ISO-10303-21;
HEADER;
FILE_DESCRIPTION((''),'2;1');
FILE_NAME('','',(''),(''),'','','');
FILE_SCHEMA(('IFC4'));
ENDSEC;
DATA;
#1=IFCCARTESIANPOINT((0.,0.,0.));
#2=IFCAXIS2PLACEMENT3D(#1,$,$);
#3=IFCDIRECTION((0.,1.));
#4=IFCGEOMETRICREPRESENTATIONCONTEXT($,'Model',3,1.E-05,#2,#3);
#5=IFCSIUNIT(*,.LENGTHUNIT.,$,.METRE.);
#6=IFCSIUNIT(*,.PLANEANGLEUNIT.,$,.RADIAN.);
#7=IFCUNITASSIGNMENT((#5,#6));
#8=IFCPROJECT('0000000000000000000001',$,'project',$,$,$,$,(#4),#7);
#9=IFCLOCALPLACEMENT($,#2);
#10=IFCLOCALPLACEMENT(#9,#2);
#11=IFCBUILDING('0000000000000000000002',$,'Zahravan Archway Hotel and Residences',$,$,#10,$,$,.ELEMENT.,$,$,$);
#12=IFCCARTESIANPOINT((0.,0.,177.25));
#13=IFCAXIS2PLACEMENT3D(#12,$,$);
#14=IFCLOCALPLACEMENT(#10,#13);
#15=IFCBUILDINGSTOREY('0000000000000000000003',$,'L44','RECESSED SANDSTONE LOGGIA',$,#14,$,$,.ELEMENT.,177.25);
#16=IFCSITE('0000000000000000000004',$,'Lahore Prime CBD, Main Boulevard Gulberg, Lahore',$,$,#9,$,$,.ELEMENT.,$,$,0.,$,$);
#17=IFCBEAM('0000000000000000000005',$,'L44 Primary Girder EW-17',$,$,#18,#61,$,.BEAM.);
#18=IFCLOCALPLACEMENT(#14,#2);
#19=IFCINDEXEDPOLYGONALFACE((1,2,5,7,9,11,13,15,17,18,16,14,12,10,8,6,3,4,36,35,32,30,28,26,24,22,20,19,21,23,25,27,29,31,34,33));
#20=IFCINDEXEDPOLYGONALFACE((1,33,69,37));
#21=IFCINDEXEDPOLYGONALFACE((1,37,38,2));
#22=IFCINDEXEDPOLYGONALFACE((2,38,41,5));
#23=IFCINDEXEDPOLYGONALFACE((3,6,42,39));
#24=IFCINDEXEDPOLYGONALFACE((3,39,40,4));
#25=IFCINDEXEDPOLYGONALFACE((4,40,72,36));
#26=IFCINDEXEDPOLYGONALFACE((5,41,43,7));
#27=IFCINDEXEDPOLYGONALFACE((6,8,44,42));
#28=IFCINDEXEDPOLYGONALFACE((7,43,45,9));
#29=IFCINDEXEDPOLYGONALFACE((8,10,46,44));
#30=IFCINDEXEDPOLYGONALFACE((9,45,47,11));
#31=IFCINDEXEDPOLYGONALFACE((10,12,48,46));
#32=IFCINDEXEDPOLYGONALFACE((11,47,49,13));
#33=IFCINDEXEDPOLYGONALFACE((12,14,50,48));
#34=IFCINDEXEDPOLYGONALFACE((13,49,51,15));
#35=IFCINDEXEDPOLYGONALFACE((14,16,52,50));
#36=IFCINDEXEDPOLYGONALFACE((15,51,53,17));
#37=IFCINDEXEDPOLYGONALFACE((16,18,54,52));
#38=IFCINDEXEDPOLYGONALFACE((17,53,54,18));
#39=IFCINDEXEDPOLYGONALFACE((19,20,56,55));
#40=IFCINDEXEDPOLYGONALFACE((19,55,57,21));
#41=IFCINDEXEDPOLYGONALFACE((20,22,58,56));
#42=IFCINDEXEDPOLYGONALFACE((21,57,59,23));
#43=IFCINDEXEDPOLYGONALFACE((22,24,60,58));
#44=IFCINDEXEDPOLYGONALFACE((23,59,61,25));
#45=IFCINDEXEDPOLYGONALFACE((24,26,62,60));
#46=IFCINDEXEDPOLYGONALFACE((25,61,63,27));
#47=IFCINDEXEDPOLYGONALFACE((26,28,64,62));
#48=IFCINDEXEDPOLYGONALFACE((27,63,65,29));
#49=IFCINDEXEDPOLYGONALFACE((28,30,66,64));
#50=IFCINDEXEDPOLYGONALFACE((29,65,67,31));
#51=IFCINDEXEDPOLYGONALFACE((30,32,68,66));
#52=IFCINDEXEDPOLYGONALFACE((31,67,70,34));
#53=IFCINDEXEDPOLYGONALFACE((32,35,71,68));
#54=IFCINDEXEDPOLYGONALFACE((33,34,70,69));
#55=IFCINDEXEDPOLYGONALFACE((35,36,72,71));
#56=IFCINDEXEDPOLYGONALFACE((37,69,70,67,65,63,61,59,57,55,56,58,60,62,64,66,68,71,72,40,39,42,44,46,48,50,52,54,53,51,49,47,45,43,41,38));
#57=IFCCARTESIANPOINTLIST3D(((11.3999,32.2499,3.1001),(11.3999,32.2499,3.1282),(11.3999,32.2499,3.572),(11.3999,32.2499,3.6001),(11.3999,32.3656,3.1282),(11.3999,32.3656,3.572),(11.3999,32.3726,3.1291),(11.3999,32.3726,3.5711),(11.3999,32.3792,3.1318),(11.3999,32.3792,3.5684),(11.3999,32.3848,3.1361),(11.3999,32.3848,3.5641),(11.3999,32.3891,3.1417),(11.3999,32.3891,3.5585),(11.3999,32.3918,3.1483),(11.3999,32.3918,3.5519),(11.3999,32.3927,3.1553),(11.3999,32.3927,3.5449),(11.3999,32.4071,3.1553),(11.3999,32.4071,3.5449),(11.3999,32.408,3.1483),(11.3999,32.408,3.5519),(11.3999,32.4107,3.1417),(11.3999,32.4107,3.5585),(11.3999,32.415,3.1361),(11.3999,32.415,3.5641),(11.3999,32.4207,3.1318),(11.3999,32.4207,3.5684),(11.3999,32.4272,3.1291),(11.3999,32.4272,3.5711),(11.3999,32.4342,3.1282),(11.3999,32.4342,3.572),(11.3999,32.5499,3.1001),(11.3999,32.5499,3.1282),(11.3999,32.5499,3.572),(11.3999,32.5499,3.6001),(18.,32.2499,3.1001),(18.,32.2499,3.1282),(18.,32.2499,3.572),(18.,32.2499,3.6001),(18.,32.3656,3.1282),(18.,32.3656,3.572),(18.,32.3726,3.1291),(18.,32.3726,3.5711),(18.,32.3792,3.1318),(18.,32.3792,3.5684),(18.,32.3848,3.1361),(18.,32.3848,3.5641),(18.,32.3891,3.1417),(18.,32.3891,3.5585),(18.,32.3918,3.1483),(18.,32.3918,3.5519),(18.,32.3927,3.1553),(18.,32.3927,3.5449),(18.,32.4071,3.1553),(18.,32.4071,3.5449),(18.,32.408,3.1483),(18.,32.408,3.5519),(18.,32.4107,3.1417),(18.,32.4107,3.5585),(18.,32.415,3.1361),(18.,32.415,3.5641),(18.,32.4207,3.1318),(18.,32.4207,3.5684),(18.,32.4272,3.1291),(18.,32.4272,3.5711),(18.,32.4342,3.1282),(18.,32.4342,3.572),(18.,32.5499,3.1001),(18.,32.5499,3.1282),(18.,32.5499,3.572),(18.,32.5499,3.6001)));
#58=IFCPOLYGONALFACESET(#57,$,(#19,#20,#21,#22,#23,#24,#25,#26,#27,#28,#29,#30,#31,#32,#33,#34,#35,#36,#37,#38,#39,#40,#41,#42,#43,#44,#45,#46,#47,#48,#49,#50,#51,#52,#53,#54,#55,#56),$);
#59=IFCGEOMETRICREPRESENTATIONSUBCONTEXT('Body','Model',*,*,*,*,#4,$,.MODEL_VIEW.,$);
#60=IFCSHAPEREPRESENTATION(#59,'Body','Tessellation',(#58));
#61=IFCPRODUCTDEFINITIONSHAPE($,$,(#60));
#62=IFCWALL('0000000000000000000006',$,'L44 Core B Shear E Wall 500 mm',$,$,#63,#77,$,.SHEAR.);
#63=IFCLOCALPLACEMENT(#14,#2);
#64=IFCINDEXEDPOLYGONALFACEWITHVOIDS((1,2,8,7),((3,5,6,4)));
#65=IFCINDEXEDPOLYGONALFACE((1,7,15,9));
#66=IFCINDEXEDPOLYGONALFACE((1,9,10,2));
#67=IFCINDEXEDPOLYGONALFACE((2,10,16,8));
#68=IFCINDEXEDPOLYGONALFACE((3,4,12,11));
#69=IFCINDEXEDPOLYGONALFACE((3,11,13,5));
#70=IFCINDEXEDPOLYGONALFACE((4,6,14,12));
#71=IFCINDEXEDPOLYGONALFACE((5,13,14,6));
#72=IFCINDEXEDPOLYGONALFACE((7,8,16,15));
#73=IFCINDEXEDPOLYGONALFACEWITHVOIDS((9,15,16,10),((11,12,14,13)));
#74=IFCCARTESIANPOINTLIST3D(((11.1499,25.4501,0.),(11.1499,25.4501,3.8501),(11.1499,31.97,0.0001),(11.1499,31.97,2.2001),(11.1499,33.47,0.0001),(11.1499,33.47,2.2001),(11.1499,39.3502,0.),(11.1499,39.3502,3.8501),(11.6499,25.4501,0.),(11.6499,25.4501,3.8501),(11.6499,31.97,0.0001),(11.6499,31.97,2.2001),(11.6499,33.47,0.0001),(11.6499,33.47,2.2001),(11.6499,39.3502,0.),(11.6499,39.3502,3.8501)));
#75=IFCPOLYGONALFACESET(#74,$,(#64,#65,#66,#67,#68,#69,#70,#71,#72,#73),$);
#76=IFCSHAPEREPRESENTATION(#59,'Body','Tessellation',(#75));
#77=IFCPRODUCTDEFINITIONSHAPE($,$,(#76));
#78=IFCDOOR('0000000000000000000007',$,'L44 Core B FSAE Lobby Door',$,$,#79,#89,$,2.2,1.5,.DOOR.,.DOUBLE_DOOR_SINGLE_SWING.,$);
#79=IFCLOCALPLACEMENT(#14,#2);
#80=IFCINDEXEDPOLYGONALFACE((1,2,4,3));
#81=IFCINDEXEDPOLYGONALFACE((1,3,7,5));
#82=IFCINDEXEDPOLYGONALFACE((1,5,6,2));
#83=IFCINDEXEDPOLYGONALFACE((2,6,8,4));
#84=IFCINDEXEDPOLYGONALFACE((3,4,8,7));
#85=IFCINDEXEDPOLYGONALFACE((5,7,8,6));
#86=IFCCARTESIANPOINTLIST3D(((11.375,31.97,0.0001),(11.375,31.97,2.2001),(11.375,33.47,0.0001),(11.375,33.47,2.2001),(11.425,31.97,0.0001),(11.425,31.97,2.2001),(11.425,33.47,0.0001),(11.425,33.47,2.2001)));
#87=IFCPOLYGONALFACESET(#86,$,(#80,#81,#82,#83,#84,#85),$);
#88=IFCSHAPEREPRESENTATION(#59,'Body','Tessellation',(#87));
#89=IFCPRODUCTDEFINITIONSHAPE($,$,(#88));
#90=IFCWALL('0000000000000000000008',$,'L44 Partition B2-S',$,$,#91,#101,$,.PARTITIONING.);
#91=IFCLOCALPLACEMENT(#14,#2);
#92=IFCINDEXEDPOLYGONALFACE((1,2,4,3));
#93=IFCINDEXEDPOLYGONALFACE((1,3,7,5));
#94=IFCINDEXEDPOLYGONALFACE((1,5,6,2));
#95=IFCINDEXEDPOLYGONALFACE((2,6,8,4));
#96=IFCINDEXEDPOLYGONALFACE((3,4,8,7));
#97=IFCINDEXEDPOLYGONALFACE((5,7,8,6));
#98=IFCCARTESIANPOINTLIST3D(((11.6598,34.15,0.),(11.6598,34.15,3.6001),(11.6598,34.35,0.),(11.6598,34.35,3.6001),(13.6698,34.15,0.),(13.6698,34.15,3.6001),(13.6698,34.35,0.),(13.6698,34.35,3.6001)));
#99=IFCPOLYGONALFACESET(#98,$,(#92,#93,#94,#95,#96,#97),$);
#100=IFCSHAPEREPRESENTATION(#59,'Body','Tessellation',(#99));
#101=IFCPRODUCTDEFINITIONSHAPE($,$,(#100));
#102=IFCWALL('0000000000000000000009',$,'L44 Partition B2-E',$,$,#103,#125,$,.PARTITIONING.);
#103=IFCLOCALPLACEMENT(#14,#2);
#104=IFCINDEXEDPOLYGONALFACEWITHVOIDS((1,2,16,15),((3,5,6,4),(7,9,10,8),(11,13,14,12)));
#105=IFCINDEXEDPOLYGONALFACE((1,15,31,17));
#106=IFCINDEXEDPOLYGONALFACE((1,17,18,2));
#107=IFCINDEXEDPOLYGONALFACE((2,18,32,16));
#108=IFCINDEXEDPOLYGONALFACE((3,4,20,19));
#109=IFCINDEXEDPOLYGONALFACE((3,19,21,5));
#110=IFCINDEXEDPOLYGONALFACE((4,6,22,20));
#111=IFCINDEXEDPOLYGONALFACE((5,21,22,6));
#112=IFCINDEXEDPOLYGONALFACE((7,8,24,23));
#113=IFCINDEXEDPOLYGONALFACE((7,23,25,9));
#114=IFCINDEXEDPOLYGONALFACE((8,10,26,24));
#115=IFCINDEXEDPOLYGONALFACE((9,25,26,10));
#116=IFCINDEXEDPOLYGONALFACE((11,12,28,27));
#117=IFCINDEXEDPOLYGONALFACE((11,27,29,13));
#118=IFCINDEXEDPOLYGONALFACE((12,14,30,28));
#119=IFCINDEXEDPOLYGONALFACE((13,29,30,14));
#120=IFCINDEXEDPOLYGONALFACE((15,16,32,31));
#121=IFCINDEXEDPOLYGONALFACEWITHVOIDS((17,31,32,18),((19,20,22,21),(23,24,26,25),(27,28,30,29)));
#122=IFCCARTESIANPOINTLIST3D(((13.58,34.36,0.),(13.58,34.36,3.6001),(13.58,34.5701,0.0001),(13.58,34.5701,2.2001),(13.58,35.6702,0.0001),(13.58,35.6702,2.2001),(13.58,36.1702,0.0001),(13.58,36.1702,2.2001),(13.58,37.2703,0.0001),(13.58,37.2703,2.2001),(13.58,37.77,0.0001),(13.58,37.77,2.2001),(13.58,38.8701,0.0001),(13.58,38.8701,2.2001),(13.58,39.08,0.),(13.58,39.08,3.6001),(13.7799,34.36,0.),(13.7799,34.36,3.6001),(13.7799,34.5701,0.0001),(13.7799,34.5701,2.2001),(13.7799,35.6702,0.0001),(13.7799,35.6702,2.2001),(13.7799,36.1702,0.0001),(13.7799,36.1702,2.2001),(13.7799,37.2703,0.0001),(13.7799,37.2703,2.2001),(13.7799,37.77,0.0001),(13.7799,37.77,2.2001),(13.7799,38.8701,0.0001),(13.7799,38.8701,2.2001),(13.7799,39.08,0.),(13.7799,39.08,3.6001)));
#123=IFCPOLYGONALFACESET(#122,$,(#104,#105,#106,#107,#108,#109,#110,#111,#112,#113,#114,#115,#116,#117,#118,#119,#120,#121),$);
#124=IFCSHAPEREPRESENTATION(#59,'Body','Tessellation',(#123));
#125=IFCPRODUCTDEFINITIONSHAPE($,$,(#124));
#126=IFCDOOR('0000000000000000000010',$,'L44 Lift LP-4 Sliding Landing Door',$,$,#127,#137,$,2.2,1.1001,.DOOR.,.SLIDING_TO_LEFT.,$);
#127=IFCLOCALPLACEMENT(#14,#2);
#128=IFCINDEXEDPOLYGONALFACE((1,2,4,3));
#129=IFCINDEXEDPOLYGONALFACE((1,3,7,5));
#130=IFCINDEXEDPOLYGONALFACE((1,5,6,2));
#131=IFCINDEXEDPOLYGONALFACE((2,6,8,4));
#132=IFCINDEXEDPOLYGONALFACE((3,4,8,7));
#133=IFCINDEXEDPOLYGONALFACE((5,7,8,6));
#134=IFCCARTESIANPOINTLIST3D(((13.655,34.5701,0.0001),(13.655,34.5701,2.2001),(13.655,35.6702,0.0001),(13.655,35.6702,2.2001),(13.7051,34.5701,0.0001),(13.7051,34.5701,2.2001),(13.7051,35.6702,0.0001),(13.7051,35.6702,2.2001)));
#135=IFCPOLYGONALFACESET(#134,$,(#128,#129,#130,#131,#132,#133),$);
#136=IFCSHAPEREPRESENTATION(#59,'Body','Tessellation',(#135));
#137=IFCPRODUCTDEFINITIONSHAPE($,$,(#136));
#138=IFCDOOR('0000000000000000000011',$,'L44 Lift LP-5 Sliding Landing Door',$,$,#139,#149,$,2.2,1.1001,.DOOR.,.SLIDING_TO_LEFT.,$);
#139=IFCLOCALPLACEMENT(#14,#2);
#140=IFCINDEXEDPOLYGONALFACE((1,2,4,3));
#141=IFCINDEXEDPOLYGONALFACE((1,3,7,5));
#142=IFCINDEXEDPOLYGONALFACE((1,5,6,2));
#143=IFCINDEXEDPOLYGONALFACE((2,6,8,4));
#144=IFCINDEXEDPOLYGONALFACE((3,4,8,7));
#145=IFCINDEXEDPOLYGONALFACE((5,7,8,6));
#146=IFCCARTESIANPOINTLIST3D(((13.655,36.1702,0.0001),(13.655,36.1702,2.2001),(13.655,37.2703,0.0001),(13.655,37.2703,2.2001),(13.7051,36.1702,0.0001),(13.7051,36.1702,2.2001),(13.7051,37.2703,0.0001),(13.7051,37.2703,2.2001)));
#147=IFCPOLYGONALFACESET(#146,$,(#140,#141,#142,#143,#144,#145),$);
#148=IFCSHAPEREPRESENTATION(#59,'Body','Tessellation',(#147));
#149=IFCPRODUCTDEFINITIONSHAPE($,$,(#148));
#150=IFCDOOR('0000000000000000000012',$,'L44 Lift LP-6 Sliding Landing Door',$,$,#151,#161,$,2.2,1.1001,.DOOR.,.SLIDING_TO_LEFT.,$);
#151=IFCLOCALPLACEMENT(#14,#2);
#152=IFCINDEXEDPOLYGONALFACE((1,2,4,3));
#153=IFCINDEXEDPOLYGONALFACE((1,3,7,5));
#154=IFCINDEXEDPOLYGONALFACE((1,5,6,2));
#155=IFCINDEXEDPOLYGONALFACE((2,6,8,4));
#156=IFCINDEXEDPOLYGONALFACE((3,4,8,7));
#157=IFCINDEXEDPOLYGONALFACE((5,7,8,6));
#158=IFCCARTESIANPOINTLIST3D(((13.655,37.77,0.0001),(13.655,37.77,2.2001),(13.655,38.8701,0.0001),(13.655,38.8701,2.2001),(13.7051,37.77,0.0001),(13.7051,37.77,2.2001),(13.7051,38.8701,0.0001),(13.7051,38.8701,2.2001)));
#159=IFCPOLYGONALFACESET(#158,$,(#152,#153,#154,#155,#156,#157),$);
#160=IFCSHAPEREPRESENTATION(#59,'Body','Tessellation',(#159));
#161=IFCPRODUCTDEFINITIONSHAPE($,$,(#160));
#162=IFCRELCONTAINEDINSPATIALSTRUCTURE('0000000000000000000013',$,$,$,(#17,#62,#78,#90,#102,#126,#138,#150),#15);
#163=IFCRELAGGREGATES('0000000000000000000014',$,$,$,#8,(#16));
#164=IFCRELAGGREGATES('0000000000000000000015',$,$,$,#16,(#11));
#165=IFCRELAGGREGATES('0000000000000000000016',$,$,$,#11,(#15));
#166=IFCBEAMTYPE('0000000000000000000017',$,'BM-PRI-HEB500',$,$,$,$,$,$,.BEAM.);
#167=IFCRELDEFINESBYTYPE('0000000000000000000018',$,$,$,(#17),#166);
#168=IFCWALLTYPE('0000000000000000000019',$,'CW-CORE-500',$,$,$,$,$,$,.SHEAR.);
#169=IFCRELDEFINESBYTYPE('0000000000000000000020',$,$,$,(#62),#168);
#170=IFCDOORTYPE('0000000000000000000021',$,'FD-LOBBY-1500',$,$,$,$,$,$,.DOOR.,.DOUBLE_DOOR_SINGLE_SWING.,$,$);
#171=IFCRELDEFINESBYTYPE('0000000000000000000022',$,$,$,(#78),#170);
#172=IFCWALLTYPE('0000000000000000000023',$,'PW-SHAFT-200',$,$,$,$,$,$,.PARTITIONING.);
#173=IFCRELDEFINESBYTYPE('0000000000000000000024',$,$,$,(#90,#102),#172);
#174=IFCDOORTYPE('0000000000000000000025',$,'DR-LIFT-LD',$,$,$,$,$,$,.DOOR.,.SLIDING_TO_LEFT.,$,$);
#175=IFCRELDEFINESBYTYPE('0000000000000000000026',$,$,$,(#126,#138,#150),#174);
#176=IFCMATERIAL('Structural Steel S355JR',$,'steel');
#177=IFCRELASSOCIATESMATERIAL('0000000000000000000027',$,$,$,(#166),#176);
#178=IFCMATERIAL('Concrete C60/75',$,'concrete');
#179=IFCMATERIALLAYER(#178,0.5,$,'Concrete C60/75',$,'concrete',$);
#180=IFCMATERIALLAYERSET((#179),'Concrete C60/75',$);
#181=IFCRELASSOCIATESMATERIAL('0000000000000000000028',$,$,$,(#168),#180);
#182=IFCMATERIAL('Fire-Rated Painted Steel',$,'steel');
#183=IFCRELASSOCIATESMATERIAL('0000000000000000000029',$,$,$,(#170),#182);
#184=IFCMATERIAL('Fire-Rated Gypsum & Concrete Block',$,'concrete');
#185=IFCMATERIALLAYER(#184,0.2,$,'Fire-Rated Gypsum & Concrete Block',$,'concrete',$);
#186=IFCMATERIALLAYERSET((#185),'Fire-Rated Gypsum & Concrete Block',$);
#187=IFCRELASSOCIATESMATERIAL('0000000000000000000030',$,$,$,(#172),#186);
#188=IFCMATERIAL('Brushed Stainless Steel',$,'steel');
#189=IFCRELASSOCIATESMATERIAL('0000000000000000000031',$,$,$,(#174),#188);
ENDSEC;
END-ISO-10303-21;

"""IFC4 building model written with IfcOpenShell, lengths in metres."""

from ifc_helpers import new_model, si_unit, direction, frame, frame_2d, origin, origin_2d, place, context, subcontext, project, spatial, rectangle, i_section, extrude, source, transform, mapped, material, layer, layer_set, material_profile, profile_set, type_object, type_shapes, element, fill, save


model = new_model("IFC4")

# Units and contexts
model_context = context("Model", 3, precision=1e-05, world=origin(), true_north=direction((0.0, 1.0)))
body_context = subcontext(model_context, "Body", "Model", "MODEL_VIEW")
ifc_project = project(units=[si_unit("LENGTHUNIT", "METRE"), si_unit("PLANEANGLEUNIT", "RADIAN")], contexts=[model_context])

# Site, building, storey
site_placement = place(None, origin())
site = spatial("IfcSite", under=ifc_project, at=site_placement, Name="Lahore Prime CBD, Main Boulevard Gulberg, Lahore", CompositionType="ELEMENT", RefElevation=0.0)
building_placement = place(site_placement, origin())
building = spatial("IfcBuilding", under=site, at=building_placement, Name="Zahravan Archway Hotel and Residences", CompositionType="ELEMENT")
storey_placement = place(building_placement, frame((0.0, 0.0, 177.25)))
storey = spatial("IfcBuildingStorey", under=building, at=storey_placement, Name="L44", Description="RECESSED SANDSTONE LOGGIA", CompositionType="ELEMENT", Elevation=177.25)

# Beam
ifc_material_1 = material(Name="Structural Steel S355JR", Category="steel")
ifc_material_profile = material_profile(ifc_material_1, i_section(OverallWidth=0.3, OverallDepth=0.5, WebThickness=0.0144, FlangeThickness=0.0281, FilletRadius=0.0271, at=origin_2d()), Name="HEB 500", Category="steel")
ifc_profile_set = profile_set([ifc_material_profile], Name="Structural Steel S355JR")
beam_type = type_object("IfcBeamType", Name="BM-PRI-HEB500", PredefinedType="BEAM", material=ifc_profile_set)
shared_shape_1 = source(origin(), body_context, "Body", "SweptSolid", [
    extrude(i_section(OverallWidth=0.3, OverallDepth=0.5, WebThickness=0.0144, FlangeThickness=0.0281, FilletRadius=0.0271, at=origin_2d()), origin(), (0.0, 0.0, 1.0), 6.6001),
])
beam_placement = place(storey_placement, frame((11.3999, 32.3999, 3.3501), z_axis=(1.0, 0.0, 0.0), x_axis=(0.0, 1.0, 0.0)))
element("IfcBeam", 1, at=beam_placement, inside=storey, type_object=beam_type, Name="L44 Primary Girder EW-17", PredefinedType="BEAM", context=body_context, shape_type="MappedRepresentation", body=[
    mapped(shared_shape_1, transform((0.0, 0.0, 0.0), scale=1.0)),
])

# Wall, opening, door
ifc_material_2 = material(Name="Concrete C60/75", Category="concrete")
ifc_layer_1 = layer(ifc_material_2, 0.5, Name="Concrete C60/75", Category="concrete")
ifc_layer_set_1 = layer_set([ifc_layer_1], Name="Concrete C60/75")
wall_type_1 = type_object("IfcWallType", Name="CW-CORE-500", PredefinedType="SHEAR", material=ifc_layer_set_1)
wall_1_placement = place(storey_placement, frame((11.3999, 25.45, 0.0), z_axis=(0.0, 0.0, 1.0), x_axis=(0.0, 1.0, 0.0)))
wall_1 = element("IfcWall", 2, at=wall_1_placement, inside=storey, type_object=wall_type_1, Name="L44 Core B Shear E Wall 500 mm", PredefinedType="SHEAR", context=body_context, shape_type="SweptSolid", body=[
    extrude(rectangle(XDim=13.9001, YDim=0.5, at=frame_2d((6.9502, 0.0))), origin(), (0.0, 0.0, 1.0), 3.8501),
])
opening_1_placement = place(wall_1_placement, frame((6.52, 0.0, 0.0)))
opening_1 = element("IfcOpeningElement", 3, at=opening_1_placement, cuts=wall_1, PredefinedType="OPENING", context=body_context, shape_type="SweptSolid", body=[
    extrude(rectangle(XDim=1.5, YDim=2.2, at=frame_2d((0.75, 1.1001))), frame((0.0, 0.26, 0.0), z_axis=(0.0, -1.0, 0.0), x_axis=(1.0, 0.0, 0.0)), (0.0, 0.0, 1.0), 0.52),
])
ifc_material_3 = material(Name="Fire-Rated Painted Steel", Category="steel")
door_type_1 = type_object("IfcDoorType", Name="FD-LOBBY-1500", OperationType="DOUBLE_DOOR_SINGLE_SWING", PredefinedType="DOOR", material=ifc_material_3)
shared_shape_2 = source(origin(), body_context, "Body", "SweptSolid", [
    extrude(rectangle(XDim=1.5, YDim=2.2, at=frame_2d((0.75, 1.1001))), frame((0.0, 0.0249, 0.0), z_axis=(0.0, -1.0, 0.0), x_axis=(1.0, 0.0, 0.0)), (0.0, 0.0, 1.0), 0.05),
])
type_shapes(door_type_1, [shared_shape_2])
door_1_placement = place(opening_1_placement, origin())
door_1 = element("IfcDoor", 4, at=door_1_placement, inside=storey, type_object=door_type_1, Name="L44 Core B FSAE Lobby Door", OperationType="DOUBLE_DOOR_SINGLE_SWING", OverallHeight=2.2, OverallWidth=1.5, PredefinedType="DOOR", context=body_context, shape_type="MappedRepresentation", body=[
    mapped(shared_shape_2, transform((0.0, 0.0, 0.0), scale=1.0)),
])
fill(opening_1, door_1)

# Wall
ifc_material_4 = material(Name="Fire-Rated Gypsum & Concrete Block", Category="concrete")
ifc_layer_2 = layer(ifc_material_4, 0.2, Name="Fire-Rated Gypsum & Concrete Block", Category="concrete")
ifc_layer_set_2 = layer_set([ifc_layer_2], Name="Fire-Rated Gypsum & Concrete Block")
wall_type_2 = type_object("IfcWallType", Name="PW-SHAFT-200", PredefinedType="PARTITIONING", material=ifc_layer_set_2)
wall_2_placement = place(storey_placement, frame((11.6599, 34.25, 0.0), z_axis=(0.0, 0.0, 1.0), x_axis=(1.0, 0.0, 0.0)))
element("IfcWall", 5, at=wall_2_placement, inside=storey, type_object=wall_type_2, Name="L44 Partition B2-S", PredefinedType="PARTITIONING", context=body_context, shape_type="SweptSolid", body=[
    extrude(rectangle(XDim=2.01, YDim=0.2, at=frame_2d((1.0049, 0.0))), origin(), (0.0, 0.0, 1.0), 3.6001),
])

# Wall, openings, doors
wall_3_placement = place(storey_placement, frame((13.6799, 34.3601, 0.0), z_axis=(0.0, 0.0, 1.0), x_axis=(0.0, 1.0, 0.0)))
wall_3 = element("IfcWall", 6, at=wall_3_placement, inside=storey, type_object=wall_type_2, Name="L44 Partition B2-E", PredefinedType="PARTITIONING", context=body_context, shape_type="SweptSolid", body=[
    extrude(rectangle(XDim=4.72, YDim=0.2, at=frame_2d((2.3599, 0.0))), origin(), (0.0, 0.0, 1.0), 3.6001),
])
opening_2_placement = place(wall_3_placement, frame((0.21, 0.0, 0.0)))
opening_2 = element("IfcOpeningElement", 7, at=opening_2_placement, cuts=wall_3, PredefinedType="OPENING", context=body_context, shape_type="SweptSolid", body=[
    extrude(rectangle(XDim=1.1001, YDim=2.2, at=frame_2d((0.55, 1.1001))), frame((0.0, 0.1099, 0.0), z_axis=(0.0, -1.0, 0.0), x_axis=(1.0, 0.0, 0.0)), (0.0, 0.0, 1.0), 0.22),
])
opening_3_placement = place(wall_3_placement, frame((1.8101, 0.0, 0.0)))
opening_3 = element("IfcOpeningElement", 8, at=opening_3_placement, cuts=wall_3, PredefinedType="OPENING", context=body_context, shape_type="SweptSolid", body=[
    extrude(rectangle(XDim=1.1001, YDim=2.2, at=frame_2d((0.55, 1.1001))), frame((0.0, 0.1099, 0.0), z_axis=(0.0, -1.0, 0.0), x_axis=(1.0, 0.0, 0.0)), (0.0, 0.0, 1.0), 0.22),
])
opening_4_placement = place(wall_3_placement, frame((3.4099, 0.0, 0.0)))
opening_4 = element("IfcOpeningElement", 9, at=opening_4_placement, cuts=wall_3, PredefinedType="OPENING", context=body_context, shape_type="SweptSolid", body=[
    extrude(rectangle(XDim=1.1001, YDim=2.2, at=frame_2d((0.55, 1.1001))), frame((0.0, 0.1099, 0.0), z_axis=(0.0, -1.0, 0.0), x_axis=(1.0, 0.0, 0.0)), (0.0, 0.0, 1.0), 0.22),
])
ifc_material_5 = material(Name="Brushed Stainless Steel", Category="steel")
door_type_2 = type_object("IfcDoorType", Name="DR-LIFT-LD", OperationType="SLIDING_TO_LEFT", PredefinedType="DOOR", material=ifc_material_5)
shared_shape_3 = source(origin(), body_context, "Body", "SweptSolid", [
    extrude(rectangle(XDim=1.1001, YDim=2.2, at=frame_2d((0.55, 1.1001))), frame((0.0, 0.0249, 0.0), z_axis=(0.0, -1.0, 0.0), x_axis=(1.0, 0.0, 0.0)), (0.0, 0.0, 1.0), 0.05),
])
type_shapes(door_type_2, [shared_shape_3])
door_2_placement = place(opening_2_placement, origin())
door_2 = element("IfcDoor", 10, at=door_2_placement, inside=storey, type_object=door_type_2, Name="L44 Lift LP-4 Sliding Landing Door", OperationType="SLIDING_TO_LEFT", OverallHeight=2.2, OverallWidth=1.1001, PredefinedType="DOOR", context=body_context, shape_type="MappedRepresentation", body=[
    mapped(shared_shape_3, transform((0.0, 0.0, 0.0), scale=1.0)),
])
fill(opening_2, door_2)
door_3_placement = place(opening_3_placement, origin())
door_3 = element("IfcDoor", 11, at=door_3_placement, inside=storey, type_object=door_type_2, Name="L44 Lift LP-5 Sliding Landing Door", OperationType="SLIDING_TO_LEFT", OverallHeight=2.2, OverallWidth=1.1001, PredefinedType="DOOR", context=body_context, shape_type="MappedRepresentation", body=[
    mapped(shared_shape_3, transform((0.0, 0.0, 0.0), scale=1.0)),
])
fill(opening_3, door_3)
door_4_placement = place(opening_4_placement, origin())
door_4 = element("IfcDoor", 12, at=door_4_placement, inside=storey, type_object=door_type_2, Name="L44 Lift LP-6 Sliding Landing Door", OperationType="SLIDING_TO_LEFT", OverallHeight=2.2, OverallWidth=1.1001, PredefinedType="DOOR", context=body_context, shape_type="MappedRepresentation", body=[
    mapped(shared_shape_3, transform((0.0, 0.0, 0.0), scale=1.0)),
])
fill(opening_4, door_4)

save(model, "model.ifc")
